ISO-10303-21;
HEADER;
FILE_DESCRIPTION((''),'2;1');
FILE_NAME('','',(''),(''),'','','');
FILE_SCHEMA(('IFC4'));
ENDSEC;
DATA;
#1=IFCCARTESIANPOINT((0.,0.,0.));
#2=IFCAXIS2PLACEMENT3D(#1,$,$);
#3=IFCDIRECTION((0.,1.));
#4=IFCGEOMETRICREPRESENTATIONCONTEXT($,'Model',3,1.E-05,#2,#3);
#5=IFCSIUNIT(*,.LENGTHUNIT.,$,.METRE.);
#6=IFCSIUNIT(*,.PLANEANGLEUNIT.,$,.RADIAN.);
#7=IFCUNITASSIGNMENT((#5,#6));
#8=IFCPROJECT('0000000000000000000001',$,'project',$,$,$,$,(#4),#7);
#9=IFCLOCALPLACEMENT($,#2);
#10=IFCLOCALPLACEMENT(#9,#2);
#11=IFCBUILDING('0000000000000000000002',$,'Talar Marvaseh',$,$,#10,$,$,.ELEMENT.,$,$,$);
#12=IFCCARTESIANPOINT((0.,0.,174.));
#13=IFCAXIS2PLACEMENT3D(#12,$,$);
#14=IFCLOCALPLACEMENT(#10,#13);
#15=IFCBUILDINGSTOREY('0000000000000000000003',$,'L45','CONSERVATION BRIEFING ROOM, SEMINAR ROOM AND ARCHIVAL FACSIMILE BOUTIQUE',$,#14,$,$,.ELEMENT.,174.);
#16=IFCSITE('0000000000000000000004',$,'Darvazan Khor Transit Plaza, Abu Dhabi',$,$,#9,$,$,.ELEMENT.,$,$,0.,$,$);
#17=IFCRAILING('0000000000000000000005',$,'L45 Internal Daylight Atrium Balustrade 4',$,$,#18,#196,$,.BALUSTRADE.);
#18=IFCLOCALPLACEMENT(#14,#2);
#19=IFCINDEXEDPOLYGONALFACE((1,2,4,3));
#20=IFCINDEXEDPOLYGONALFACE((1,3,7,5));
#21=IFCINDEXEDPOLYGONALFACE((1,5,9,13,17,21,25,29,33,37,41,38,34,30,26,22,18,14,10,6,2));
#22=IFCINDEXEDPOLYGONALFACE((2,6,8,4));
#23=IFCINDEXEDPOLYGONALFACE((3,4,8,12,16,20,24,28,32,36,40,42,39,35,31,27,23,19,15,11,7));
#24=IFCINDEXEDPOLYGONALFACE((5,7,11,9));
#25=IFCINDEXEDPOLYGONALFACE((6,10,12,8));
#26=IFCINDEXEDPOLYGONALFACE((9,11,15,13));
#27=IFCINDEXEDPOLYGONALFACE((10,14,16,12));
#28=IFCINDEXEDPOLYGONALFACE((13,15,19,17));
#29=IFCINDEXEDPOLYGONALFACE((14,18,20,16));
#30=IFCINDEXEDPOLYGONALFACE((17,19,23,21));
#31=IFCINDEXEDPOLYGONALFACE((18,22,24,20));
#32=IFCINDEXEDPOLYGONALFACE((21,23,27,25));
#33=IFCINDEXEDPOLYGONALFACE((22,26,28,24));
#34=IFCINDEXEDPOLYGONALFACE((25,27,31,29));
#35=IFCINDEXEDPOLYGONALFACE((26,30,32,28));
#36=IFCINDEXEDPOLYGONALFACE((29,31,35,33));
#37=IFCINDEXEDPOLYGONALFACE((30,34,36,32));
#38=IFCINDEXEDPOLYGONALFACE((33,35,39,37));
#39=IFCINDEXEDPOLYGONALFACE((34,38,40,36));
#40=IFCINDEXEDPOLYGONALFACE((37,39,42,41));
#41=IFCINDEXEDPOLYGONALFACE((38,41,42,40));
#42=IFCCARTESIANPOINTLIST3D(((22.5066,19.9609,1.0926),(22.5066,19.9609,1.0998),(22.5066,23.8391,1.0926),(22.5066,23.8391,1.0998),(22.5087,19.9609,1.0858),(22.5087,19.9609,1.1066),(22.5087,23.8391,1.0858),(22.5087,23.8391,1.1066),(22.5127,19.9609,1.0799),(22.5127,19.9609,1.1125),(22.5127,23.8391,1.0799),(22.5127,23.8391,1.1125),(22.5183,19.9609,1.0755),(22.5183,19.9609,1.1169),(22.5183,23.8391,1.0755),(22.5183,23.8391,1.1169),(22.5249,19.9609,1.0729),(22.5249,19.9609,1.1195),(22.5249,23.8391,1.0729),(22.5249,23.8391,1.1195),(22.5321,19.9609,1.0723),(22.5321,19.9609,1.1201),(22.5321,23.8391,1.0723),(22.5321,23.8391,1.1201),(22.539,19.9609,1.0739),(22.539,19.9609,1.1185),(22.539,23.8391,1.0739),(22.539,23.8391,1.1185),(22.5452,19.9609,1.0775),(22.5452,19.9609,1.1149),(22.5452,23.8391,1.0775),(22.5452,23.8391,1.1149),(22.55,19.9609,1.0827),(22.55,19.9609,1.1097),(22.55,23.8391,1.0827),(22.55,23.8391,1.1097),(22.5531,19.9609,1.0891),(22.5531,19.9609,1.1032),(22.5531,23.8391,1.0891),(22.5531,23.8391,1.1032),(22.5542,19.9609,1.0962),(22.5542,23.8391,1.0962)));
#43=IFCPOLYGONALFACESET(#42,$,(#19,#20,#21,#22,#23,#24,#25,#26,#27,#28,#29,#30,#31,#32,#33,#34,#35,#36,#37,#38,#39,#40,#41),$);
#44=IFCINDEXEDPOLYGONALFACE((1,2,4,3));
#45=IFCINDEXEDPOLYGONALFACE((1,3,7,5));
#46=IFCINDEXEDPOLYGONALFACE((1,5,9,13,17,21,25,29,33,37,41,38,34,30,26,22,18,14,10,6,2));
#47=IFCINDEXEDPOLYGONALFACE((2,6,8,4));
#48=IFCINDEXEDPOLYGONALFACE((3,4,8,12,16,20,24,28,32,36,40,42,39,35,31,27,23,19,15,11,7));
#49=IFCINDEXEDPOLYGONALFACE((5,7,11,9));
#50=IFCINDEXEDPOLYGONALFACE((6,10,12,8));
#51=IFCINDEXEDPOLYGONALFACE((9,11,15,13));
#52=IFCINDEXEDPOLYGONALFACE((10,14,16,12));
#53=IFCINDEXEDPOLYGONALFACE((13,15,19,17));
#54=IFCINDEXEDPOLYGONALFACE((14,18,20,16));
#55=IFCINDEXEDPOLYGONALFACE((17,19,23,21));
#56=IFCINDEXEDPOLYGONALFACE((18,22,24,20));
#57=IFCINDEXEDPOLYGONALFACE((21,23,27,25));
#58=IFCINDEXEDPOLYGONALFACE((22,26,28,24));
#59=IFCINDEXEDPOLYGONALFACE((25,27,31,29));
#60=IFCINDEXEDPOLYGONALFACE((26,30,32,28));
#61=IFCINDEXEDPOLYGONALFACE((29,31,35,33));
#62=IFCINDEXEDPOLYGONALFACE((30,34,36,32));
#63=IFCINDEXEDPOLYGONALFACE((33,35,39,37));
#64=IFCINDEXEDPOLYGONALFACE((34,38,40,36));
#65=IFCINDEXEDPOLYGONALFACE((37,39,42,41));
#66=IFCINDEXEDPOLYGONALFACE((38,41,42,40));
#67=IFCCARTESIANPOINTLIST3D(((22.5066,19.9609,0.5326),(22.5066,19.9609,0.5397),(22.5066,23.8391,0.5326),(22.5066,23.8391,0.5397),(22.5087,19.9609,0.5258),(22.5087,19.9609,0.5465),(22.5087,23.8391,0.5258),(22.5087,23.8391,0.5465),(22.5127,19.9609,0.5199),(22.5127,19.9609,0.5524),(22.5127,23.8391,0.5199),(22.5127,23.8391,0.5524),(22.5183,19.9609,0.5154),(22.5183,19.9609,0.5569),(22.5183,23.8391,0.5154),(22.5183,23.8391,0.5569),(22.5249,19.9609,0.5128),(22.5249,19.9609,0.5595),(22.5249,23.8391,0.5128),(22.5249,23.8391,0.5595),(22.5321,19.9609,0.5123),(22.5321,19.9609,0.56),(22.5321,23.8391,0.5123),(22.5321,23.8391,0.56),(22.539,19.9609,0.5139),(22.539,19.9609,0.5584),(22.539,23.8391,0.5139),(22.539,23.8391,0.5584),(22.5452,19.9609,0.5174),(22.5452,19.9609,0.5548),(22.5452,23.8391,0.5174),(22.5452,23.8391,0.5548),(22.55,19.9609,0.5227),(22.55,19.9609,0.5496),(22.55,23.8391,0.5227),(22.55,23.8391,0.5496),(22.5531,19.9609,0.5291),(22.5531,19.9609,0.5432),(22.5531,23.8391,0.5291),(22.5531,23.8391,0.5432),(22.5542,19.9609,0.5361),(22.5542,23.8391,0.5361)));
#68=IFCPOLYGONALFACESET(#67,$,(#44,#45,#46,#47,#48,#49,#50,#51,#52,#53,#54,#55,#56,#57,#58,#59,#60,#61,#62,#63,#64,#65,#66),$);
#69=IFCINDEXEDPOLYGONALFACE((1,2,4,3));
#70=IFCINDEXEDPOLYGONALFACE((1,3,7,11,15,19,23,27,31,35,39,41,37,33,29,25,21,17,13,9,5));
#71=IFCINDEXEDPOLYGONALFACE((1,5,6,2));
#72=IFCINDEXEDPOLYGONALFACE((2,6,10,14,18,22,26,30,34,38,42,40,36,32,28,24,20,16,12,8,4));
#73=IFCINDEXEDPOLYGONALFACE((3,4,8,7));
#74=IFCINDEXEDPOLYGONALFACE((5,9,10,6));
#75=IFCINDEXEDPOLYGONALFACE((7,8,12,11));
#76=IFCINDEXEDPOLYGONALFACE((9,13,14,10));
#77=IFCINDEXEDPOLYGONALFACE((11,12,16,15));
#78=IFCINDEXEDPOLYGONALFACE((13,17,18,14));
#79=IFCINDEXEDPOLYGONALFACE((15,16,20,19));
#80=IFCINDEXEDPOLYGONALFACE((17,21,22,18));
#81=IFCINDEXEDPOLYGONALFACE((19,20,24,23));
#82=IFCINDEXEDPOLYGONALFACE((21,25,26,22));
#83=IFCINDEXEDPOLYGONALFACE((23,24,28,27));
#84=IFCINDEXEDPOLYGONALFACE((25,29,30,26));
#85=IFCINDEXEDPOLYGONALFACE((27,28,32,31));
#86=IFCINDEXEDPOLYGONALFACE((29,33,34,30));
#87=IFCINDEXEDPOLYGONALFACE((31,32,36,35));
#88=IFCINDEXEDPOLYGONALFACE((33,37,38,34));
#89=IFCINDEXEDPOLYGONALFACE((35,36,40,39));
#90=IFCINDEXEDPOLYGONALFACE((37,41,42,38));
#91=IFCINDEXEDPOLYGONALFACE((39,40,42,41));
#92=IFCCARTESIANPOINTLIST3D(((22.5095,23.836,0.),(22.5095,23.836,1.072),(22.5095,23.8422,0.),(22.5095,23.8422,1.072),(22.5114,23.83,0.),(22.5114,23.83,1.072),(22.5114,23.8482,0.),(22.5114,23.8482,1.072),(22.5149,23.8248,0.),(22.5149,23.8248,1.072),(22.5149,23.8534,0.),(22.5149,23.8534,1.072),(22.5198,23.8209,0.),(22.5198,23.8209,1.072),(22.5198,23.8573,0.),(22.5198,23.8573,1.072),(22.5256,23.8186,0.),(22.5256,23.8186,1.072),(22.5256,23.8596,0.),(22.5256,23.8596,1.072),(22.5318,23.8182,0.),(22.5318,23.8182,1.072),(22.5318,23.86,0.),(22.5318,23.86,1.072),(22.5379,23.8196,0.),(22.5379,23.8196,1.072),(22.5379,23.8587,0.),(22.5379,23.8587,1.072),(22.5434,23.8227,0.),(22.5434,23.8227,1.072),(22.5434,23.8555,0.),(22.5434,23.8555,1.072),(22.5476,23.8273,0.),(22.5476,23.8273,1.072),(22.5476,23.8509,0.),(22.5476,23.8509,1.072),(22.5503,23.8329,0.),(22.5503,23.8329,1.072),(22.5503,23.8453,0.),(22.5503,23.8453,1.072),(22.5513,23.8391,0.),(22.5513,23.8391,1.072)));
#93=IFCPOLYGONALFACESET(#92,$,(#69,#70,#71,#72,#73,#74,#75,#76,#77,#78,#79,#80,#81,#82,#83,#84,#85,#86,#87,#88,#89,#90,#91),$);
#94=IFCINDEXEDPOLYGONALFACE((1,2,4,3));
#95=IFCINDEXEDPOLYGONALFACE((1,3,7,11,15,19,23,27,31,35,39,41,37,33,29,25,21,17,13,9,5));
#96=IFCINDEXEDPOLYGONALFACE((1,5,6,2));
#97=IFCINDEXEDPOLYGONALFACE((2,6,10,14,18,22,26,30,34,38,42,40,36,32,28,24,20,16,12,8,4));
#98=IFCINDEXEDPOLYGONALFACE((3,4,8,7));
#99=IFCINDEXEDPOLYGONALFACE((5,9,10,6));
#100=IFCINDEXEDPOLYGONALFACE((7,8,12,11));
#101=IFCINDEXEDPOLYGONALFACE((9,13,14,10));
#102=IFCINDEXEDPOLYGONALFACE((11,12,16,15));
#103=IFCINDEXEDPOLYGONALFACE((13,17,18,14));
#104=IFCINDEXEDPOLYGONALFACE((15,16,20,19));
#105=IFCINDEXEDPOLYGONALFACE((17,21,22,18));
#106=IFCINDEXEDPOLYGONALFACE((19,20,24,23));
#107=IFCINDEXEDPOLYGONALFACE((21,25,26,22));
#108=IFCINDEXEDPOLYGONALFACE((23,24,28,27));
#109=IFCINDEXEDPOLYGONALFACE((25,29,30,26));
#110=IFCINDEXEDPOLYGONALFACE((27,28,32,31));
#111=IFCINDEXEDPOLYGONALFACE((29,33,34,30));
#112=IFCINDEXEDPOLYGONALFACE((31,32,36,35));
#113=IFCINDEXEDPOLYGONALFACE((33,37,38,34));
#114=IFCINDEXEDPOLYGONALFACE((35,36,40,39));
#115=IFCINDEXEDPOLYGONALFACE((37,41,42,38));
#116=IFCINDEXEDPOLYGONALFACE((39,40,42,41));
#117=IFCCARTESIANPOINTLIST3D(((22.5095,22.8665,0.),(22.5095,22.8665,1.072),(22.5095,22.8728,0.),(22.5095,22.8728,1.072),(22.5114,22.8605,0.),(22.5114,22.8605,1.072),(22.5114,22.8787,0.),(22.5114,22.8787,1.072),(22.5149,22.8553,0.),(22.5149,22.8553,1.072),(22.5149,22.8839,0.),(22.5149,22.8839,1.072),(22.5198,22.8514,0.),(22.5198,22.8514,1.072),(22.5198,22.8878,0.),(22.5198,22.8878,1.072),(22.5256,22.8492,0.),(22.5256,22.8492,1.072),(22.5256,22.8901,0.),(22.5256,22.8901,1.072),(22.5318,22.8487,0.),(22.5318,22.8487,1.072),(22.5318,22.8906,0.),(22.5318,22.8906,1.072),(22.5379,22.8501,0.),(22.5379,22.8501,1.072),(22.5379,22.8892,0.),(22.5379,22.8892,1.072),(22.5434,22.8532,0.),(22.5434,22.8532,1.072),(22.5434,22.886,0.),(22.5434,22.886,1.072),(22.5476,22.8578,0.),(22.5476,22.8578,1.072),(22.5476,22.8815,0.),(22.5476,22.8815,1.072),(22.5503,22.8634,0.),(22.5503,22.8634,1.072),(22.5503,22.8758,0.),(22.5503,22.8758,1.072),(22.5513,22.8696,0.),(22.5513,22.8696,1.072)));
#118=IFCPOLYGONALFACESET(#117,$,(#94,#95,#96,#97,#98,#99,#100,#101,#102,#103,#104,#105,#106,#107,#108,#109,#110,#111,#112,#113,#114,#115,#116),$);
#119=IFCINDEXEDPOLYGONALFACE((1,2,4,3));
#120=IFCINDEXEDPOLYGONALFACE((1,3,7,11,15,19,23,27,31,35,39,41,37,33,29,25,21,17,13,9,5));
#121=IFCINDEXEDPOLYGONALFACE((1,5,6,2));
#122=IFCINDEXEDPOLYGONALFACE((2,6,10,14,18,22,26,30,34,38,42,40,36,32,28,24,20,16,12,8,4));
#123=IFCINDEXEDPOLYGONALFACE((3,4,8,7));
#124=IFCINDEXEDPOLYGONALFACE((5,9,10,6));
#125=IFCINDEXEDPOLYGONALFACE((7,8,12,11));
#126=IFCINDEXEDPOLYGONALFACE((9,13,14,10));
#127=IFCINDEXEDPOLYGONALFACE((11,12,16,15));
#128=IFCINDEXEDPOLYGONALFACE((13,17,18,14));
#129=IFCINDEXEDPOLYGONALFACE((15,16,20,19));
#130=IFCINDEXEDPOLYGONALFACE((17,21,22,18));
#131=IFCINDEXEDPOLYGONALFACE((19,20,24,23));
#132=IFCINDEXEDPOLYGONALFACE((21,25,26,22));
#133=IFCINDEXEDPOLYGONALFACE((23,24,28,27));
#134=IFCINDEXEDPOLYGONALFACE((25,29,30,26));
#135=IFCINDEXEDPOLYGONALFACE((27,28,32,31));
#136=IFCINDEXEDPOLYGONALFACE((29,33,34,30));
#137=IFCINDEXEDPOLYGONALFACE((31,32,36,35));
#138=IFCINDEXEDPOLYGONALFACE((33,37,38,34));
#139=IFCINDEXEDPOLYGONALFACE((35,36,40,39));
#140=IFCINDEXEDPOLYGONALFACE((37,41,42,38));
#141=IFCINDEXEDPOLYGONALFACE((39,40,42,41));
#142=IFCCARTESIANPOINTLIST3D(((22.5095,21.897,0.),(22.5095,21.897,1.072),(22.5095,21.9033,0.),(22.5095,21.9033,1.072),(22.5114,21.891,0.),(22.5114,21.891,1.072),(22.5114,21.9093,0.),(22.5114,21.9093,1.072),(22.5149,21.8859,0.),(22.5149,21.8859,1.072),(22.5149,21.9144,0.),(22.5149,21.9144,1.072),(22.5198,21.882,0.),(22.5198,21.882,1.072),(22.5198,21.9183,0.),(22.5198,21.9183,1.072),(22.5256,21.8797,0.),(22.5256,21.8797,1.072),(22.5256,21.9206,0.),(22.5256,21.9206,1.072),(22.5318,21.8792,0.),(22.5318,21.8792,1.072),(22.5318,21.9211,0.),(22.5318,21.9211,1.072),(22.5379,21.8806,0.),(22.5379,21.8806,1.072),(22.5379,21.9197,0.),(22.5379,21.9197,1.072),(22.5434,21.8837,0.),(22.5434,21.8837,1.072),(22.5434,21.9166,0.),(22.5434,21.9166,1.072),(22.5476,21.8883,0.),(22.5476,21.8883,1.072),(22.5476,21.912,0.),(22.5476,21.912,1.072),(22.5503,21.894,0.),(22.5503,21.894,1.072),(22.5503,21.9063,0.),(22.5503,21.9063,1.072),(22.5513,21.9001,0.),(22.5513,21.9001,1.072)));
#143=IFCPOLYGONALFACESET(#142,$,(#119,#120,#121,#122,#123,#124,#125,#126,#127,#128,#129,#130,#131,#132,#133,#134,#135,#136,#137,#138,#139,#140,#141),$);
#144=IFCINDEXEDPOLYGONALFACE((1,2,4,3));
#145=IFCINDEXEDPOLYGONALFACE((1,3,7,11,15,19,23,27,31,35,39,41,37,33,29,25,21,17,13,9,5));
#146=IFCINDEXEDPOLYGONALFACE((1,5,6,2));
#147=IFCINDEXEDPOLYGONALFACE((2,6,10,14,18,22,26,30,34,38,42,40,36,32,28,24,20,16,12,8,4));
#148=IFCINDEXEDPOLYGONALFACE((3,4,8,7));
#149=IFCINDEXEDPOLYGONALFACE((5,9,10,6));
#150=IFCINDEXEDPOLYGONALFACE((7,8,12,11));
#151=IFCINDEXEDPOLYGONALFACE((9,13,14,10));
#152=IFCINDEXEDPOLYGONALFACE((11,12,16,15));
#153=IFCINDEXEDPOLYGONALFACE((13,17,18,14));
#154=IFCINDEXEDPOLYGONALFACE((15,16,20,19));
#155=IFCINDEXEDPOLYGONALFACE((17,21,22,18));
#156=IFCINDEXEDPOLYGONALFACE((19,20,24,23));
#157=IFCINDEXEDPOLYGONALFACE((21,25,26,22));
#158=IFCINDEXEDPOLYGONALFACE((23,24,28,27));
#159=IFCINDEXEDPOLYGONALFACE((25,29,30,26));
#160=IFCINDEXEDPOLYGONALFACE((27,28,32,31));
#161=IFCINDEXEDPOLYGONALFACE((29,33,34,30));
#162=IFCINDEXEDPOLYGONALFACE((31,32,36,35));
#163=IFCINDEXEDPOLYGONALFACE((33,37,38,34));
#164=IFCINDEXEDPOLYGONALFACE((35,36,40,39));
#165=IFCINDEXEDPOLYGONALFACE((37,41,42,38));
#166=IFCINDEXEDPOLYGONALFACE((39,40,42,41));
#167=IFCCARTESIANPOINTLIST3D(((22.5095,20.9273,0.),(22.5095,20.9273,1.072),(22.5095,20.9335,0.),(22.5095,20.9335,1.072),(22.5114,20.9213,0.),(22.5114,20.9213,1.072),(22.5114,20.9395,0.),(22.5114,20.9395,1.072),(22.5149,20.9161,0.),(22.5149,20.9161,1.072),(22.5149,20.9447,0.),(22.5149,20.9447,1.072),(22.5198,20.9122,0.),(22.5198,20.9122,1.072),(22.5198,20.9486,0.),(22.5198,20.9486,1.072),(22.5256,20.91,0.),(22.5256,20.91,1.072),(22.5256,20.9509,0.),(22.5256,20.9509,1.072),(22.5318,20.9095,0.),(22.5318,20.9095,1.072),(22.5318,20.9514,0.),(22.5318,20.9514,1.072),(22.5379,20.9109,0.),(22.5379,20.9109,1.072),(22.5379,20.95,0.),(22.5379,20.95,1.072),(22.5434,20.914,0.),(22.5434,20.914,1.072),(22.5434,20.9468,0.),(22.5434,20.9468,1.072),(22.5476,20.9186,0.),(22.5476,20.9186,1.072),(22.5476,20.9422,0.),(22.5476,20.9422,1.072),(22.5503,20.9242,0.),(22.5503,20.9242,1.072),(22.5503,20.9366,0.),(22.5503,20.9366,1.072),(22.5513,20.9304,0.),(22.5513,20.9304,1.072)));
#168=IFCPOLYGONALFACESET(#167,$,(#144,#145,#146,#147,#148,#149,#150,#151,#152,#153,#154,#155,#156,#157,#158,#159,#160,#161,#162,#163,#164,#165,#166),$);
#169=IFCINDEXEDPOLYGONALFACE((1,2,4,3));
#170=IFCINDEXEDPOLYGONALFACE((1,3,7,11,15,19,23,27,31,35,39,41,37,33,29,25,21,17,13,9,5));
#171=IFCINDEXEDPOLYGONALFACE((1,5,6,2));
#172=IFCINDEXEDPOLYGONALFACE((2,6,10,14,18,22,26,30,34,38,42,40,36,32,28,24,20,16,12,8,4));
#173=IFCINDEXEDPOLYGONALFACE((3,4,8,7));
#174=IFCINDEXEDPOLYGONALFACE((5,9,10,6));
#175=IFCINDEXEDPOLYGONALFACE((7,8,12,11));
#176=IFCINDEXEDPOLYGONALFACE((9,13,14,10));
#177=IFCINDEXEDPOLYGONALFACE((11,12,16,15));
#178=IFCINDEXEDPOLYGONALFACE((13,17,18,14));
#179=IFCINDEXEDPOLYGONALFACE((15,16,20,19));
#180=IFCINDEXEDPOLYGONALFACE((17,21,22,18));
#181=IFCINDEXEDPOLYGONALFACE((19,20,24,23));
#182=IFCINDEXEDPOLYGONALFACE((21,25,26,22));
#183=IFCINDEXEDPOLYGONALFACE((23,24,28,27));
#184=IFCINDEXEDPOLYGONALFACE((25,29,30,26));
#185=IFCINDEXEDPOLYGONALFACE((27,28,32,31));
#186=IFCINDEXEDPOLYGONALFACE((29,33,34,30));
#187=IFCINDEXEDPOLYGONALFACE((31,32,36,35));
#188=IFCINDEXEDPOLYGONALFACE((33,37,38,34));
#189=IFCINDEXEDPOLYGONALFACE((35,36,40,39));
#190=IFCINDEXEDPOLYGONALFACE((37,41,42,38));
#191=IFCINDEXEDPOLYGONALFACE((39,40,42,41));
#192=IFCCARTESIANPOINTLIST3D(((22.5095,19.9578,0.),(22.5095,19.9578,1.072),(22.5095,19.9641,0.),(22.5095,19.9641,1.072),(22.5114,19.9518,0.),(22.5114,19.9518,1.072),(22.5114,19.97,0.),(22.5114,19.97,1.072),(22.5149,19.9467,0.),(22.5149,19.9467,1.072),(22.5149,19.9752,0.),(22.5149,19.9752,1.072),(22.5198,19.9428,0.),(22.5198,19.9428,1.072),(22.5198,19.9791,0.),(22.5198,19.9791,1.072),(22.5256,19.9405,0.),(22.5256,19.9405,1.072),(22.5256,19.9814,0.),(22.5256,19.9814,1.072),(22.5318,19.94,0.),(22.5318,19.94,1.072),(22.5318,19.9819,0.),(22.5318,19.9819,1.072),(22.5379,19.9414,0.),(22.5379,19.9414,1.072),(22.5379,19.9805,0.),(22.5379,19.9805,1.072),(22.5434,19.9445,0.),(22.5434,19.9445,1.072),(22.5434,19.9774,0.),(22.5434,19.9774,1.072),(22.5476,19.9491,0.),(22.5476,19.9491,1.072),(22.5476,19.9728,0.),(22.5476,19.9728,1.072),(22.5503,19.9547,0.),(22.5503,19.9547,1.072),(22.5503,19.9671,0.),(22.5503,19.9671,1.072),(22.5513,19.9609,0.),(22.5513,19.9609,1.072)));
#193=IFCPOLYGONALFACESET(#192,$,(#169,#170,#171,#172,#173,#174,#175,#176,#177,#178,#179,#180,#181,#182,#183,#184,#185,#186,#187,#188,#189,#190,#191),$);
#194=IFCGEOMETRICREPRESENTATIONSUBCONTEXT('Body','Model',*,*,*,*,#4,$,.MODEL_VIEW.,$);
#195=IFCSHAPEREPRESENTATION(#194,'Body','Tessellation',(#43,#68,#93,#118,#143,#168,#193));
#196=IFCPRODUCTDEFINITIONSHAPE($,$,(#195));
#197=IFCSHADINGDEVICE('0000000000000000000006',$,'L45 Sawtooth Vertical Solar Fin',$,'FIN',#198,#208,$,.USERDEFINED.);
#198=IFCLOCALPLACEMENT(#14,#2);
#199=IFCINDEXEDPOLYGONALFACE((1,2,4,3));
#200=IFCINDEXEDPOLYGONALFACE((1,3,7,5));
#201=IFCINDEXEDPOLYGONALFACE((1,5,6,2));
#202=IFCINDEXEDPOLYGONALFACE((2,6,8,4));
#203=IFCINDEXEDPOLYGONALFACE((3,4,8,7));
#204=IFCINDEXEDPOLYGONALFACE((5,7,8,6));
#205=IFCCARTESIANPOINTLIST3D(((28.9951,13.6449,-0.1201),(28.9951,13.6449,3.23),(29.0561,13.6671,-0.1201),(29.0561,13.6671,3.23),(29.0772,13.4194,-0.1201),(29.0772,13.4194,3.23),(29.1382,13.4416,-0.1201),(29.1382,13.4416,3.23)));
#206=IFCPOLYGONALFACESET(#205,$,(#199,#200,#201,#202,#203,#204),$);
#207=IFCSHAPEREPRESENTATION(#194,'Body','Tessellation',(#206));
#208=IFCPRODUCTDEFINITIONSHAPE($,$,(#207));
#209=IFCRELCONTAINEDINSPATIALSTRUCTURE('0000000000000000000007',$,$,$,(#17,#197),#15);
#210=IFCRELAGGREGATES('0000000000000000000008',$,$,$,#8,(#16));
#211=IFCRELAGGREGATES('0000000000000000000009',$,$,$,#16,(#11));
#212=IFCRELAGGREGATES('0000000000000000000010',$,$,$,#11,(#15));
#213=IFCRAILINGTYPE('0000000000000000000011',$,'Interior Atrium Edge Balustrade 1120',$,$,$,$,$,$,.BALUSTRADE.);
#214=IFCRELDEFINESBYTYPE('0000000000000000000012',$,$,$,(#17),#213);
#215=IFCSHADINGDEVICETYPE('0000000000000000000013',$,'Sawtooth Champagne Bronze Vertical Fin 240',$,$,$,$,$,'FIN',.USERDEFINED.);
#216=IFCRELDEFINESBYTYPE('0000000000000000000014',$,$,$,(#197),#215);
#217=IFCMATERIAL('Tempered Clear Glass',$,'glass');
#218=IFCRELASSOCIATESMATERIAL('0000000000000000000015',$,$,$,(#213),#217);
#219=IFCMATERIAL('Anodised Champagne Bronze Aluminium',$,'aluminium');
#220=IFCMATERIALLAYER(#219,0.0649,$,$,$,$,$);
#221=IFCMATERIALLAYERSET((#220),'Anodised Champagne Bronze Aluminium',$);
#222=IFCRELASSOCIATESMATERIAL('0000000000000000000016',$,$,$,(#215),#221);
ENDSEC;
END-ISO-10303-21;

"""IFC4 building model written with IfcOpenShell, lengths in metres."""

from ifc_helpers import new_model, si_unit, direction, frame, origin, origin_2d, place, context, subcontext, project, spatial, rectangle, circle, extrude, source, transform, mapped, material, layer, layer_set, type_object, type_shapes, element, save


model = new_model("IFC4")

# Units and contexts
model_context = context("Model", 3, precision=1e-05, world=origin(), true_north=direction((0.0, 1.0)))
body_context = subcontext(model_context, "Body", "Model", "MODEL_VIEW")
ifc_project = project(units=[si_unit("LENGTHUNIT", "METRE"), si_unit("PLANEANGLEUNIT", "RADIAN")], contexts=[model_context])

# Site, building, storey
site_placement = place(None, origin())
site = spatial("IfcSite", under=ifc_project, at=site_placement, Name="Darvazan Khor Transit Plaza, Abu Dhabi", CompositionType="ELEMENT", RefElevation=0.0)
building_placement = place(site_placement, origin())
building = spatial("IfcBuilding", under=site, at=building_placement, Name="Talar Marvaseh", CompositionType="ELEMENT")
storey_placement = place(building_placement, frame((0.0, 0.0, 174.0)))
storey = spatial("IfcBuildingStorey", under=building, at=storey_placement, Name="L45", Description="CONSERVATION BRIEFING ROOM, SEMINAR ROOM AND ARCHIVAL FACSIMILE BOUTIQUE", CompositionType="ELEMENT", Elevation=174.0)

# Railing
ifc_material_1 = material(Name="Tempered Clear Glass", Category="glass")
railing_type = type_object("IfcRailingType", Name="Interior Atrium Edge Balustrade 1120", PredefinedType="BALUSTRADE", material=ifc_material_1)
railing_1_placement = place(storey_placement, frame((22.5303, 23.8391, 0.0)))
element("IfcRailing", 1, at=railing_1_placement, inside=storey, type_object=railing_type, Name="L45 Internal Daylight Atrium Balustrade 4", PredefinedType="BALUSTRADE", context=body_context, shape_type="SweptSolid", body=[
    extrude(circle(Radius=0.0239, at=origin_2d()), frame((0.0, 0.0, 1.0962), z_axis=(0.0, -1.0, 0.0), x_axis=(1.0, 0.0, 0.0)), (0.0, 0.0, 1.0), 3.8782),
    extrude(circle(Radius=0.0239, at=origin_2d()), frame((0.0, 0.0, 0.5361), z_axis=(0.0, -1.0, 0.0), x_axis=(1.0, 0.0, 0.0)), (0.0, 0.0, 1.0), 3.8782),
    extrude(circle(Radius=0.021, at=origin_2d()), origin(), (0.0, 0.0, 1.0), 1.072),
    extrude(circle(Radius=0.021, at=origin_2d()), frame((0.0, -0.9695, 0.0)), (0.0, 0.0, 1.0), 1.072),
    extrude(circle(Radius=0.021, at=origin_2d()), frame((0.0, -1.939, 0.0)), (0.0, 0.0, 1.0), 1.072),
    extrude(circle(Radius=0.021, at=origin_2d()), frame((0.0, -2.9087, 0.0)), (0.0, 0.0, 1.0), 1.072),
    extrude(circle(Radius=0.021, at=origin_2d()), frame((0.0, -3.8782, 0.0)), (0.0, 0.0, 1.0), 1.072),
])

# Shading device
ifc_material_2 = material(Name="Anodised Champagne Bronze Aluminium", Category="aluminium")
ifc_layer_1 = layer(ifc_material_2, 0.0649)
ifc_layer_set_1 = layer_set([ifc_layer_1], Name="Anodised Champagne Bronze Aluminium")
shading_device_type = type_object("IfcShadingDeviceType", Name="Sawtooth Champagne Bronze Vertical Fin 240", ElementType="FIN", PredefinedType="USERDEFINED", material=ifc_layer_set_1)
shared_shape_1 = source(origin(), body_context, "Body", "SweptSolid", [
    extrude(rectangle(XDim=0.24, YDim=0.0649, at=origin_2d()), origin(), (0.0, 0.0, 1.0), 3.3501),
])
type_shapes(shading_device_type, [shared_shape_1])
shading_device_placement = place(storey_placement, frame((29.0667, 13.5432, -0.1201), z_axis=(0.0, 0.0, 1.0), x_axis=(0.342184, -0.939633, 0.0)))
element("IfcShadingDevice", 2, at=shading_device_placement, inside=storey, type_object=shading_device_type, Name="L45 Sawtooth Vertical Solar Fin", ObjectType="FIN", PredefinedType="USERDEFINED", context=body_context, shape_type="MappedRepresentation", body=[
    mapped(shared_shape_1, transform((0.0, 0.0, 0.0), x_axis=(1.0, 0.0, 0.0), y_axis=(0.0, 1.0, 0.0), z_axis=(0.0, 0.0, 1.0), scale=1.0)),
])

save(model, "model.ifc")
